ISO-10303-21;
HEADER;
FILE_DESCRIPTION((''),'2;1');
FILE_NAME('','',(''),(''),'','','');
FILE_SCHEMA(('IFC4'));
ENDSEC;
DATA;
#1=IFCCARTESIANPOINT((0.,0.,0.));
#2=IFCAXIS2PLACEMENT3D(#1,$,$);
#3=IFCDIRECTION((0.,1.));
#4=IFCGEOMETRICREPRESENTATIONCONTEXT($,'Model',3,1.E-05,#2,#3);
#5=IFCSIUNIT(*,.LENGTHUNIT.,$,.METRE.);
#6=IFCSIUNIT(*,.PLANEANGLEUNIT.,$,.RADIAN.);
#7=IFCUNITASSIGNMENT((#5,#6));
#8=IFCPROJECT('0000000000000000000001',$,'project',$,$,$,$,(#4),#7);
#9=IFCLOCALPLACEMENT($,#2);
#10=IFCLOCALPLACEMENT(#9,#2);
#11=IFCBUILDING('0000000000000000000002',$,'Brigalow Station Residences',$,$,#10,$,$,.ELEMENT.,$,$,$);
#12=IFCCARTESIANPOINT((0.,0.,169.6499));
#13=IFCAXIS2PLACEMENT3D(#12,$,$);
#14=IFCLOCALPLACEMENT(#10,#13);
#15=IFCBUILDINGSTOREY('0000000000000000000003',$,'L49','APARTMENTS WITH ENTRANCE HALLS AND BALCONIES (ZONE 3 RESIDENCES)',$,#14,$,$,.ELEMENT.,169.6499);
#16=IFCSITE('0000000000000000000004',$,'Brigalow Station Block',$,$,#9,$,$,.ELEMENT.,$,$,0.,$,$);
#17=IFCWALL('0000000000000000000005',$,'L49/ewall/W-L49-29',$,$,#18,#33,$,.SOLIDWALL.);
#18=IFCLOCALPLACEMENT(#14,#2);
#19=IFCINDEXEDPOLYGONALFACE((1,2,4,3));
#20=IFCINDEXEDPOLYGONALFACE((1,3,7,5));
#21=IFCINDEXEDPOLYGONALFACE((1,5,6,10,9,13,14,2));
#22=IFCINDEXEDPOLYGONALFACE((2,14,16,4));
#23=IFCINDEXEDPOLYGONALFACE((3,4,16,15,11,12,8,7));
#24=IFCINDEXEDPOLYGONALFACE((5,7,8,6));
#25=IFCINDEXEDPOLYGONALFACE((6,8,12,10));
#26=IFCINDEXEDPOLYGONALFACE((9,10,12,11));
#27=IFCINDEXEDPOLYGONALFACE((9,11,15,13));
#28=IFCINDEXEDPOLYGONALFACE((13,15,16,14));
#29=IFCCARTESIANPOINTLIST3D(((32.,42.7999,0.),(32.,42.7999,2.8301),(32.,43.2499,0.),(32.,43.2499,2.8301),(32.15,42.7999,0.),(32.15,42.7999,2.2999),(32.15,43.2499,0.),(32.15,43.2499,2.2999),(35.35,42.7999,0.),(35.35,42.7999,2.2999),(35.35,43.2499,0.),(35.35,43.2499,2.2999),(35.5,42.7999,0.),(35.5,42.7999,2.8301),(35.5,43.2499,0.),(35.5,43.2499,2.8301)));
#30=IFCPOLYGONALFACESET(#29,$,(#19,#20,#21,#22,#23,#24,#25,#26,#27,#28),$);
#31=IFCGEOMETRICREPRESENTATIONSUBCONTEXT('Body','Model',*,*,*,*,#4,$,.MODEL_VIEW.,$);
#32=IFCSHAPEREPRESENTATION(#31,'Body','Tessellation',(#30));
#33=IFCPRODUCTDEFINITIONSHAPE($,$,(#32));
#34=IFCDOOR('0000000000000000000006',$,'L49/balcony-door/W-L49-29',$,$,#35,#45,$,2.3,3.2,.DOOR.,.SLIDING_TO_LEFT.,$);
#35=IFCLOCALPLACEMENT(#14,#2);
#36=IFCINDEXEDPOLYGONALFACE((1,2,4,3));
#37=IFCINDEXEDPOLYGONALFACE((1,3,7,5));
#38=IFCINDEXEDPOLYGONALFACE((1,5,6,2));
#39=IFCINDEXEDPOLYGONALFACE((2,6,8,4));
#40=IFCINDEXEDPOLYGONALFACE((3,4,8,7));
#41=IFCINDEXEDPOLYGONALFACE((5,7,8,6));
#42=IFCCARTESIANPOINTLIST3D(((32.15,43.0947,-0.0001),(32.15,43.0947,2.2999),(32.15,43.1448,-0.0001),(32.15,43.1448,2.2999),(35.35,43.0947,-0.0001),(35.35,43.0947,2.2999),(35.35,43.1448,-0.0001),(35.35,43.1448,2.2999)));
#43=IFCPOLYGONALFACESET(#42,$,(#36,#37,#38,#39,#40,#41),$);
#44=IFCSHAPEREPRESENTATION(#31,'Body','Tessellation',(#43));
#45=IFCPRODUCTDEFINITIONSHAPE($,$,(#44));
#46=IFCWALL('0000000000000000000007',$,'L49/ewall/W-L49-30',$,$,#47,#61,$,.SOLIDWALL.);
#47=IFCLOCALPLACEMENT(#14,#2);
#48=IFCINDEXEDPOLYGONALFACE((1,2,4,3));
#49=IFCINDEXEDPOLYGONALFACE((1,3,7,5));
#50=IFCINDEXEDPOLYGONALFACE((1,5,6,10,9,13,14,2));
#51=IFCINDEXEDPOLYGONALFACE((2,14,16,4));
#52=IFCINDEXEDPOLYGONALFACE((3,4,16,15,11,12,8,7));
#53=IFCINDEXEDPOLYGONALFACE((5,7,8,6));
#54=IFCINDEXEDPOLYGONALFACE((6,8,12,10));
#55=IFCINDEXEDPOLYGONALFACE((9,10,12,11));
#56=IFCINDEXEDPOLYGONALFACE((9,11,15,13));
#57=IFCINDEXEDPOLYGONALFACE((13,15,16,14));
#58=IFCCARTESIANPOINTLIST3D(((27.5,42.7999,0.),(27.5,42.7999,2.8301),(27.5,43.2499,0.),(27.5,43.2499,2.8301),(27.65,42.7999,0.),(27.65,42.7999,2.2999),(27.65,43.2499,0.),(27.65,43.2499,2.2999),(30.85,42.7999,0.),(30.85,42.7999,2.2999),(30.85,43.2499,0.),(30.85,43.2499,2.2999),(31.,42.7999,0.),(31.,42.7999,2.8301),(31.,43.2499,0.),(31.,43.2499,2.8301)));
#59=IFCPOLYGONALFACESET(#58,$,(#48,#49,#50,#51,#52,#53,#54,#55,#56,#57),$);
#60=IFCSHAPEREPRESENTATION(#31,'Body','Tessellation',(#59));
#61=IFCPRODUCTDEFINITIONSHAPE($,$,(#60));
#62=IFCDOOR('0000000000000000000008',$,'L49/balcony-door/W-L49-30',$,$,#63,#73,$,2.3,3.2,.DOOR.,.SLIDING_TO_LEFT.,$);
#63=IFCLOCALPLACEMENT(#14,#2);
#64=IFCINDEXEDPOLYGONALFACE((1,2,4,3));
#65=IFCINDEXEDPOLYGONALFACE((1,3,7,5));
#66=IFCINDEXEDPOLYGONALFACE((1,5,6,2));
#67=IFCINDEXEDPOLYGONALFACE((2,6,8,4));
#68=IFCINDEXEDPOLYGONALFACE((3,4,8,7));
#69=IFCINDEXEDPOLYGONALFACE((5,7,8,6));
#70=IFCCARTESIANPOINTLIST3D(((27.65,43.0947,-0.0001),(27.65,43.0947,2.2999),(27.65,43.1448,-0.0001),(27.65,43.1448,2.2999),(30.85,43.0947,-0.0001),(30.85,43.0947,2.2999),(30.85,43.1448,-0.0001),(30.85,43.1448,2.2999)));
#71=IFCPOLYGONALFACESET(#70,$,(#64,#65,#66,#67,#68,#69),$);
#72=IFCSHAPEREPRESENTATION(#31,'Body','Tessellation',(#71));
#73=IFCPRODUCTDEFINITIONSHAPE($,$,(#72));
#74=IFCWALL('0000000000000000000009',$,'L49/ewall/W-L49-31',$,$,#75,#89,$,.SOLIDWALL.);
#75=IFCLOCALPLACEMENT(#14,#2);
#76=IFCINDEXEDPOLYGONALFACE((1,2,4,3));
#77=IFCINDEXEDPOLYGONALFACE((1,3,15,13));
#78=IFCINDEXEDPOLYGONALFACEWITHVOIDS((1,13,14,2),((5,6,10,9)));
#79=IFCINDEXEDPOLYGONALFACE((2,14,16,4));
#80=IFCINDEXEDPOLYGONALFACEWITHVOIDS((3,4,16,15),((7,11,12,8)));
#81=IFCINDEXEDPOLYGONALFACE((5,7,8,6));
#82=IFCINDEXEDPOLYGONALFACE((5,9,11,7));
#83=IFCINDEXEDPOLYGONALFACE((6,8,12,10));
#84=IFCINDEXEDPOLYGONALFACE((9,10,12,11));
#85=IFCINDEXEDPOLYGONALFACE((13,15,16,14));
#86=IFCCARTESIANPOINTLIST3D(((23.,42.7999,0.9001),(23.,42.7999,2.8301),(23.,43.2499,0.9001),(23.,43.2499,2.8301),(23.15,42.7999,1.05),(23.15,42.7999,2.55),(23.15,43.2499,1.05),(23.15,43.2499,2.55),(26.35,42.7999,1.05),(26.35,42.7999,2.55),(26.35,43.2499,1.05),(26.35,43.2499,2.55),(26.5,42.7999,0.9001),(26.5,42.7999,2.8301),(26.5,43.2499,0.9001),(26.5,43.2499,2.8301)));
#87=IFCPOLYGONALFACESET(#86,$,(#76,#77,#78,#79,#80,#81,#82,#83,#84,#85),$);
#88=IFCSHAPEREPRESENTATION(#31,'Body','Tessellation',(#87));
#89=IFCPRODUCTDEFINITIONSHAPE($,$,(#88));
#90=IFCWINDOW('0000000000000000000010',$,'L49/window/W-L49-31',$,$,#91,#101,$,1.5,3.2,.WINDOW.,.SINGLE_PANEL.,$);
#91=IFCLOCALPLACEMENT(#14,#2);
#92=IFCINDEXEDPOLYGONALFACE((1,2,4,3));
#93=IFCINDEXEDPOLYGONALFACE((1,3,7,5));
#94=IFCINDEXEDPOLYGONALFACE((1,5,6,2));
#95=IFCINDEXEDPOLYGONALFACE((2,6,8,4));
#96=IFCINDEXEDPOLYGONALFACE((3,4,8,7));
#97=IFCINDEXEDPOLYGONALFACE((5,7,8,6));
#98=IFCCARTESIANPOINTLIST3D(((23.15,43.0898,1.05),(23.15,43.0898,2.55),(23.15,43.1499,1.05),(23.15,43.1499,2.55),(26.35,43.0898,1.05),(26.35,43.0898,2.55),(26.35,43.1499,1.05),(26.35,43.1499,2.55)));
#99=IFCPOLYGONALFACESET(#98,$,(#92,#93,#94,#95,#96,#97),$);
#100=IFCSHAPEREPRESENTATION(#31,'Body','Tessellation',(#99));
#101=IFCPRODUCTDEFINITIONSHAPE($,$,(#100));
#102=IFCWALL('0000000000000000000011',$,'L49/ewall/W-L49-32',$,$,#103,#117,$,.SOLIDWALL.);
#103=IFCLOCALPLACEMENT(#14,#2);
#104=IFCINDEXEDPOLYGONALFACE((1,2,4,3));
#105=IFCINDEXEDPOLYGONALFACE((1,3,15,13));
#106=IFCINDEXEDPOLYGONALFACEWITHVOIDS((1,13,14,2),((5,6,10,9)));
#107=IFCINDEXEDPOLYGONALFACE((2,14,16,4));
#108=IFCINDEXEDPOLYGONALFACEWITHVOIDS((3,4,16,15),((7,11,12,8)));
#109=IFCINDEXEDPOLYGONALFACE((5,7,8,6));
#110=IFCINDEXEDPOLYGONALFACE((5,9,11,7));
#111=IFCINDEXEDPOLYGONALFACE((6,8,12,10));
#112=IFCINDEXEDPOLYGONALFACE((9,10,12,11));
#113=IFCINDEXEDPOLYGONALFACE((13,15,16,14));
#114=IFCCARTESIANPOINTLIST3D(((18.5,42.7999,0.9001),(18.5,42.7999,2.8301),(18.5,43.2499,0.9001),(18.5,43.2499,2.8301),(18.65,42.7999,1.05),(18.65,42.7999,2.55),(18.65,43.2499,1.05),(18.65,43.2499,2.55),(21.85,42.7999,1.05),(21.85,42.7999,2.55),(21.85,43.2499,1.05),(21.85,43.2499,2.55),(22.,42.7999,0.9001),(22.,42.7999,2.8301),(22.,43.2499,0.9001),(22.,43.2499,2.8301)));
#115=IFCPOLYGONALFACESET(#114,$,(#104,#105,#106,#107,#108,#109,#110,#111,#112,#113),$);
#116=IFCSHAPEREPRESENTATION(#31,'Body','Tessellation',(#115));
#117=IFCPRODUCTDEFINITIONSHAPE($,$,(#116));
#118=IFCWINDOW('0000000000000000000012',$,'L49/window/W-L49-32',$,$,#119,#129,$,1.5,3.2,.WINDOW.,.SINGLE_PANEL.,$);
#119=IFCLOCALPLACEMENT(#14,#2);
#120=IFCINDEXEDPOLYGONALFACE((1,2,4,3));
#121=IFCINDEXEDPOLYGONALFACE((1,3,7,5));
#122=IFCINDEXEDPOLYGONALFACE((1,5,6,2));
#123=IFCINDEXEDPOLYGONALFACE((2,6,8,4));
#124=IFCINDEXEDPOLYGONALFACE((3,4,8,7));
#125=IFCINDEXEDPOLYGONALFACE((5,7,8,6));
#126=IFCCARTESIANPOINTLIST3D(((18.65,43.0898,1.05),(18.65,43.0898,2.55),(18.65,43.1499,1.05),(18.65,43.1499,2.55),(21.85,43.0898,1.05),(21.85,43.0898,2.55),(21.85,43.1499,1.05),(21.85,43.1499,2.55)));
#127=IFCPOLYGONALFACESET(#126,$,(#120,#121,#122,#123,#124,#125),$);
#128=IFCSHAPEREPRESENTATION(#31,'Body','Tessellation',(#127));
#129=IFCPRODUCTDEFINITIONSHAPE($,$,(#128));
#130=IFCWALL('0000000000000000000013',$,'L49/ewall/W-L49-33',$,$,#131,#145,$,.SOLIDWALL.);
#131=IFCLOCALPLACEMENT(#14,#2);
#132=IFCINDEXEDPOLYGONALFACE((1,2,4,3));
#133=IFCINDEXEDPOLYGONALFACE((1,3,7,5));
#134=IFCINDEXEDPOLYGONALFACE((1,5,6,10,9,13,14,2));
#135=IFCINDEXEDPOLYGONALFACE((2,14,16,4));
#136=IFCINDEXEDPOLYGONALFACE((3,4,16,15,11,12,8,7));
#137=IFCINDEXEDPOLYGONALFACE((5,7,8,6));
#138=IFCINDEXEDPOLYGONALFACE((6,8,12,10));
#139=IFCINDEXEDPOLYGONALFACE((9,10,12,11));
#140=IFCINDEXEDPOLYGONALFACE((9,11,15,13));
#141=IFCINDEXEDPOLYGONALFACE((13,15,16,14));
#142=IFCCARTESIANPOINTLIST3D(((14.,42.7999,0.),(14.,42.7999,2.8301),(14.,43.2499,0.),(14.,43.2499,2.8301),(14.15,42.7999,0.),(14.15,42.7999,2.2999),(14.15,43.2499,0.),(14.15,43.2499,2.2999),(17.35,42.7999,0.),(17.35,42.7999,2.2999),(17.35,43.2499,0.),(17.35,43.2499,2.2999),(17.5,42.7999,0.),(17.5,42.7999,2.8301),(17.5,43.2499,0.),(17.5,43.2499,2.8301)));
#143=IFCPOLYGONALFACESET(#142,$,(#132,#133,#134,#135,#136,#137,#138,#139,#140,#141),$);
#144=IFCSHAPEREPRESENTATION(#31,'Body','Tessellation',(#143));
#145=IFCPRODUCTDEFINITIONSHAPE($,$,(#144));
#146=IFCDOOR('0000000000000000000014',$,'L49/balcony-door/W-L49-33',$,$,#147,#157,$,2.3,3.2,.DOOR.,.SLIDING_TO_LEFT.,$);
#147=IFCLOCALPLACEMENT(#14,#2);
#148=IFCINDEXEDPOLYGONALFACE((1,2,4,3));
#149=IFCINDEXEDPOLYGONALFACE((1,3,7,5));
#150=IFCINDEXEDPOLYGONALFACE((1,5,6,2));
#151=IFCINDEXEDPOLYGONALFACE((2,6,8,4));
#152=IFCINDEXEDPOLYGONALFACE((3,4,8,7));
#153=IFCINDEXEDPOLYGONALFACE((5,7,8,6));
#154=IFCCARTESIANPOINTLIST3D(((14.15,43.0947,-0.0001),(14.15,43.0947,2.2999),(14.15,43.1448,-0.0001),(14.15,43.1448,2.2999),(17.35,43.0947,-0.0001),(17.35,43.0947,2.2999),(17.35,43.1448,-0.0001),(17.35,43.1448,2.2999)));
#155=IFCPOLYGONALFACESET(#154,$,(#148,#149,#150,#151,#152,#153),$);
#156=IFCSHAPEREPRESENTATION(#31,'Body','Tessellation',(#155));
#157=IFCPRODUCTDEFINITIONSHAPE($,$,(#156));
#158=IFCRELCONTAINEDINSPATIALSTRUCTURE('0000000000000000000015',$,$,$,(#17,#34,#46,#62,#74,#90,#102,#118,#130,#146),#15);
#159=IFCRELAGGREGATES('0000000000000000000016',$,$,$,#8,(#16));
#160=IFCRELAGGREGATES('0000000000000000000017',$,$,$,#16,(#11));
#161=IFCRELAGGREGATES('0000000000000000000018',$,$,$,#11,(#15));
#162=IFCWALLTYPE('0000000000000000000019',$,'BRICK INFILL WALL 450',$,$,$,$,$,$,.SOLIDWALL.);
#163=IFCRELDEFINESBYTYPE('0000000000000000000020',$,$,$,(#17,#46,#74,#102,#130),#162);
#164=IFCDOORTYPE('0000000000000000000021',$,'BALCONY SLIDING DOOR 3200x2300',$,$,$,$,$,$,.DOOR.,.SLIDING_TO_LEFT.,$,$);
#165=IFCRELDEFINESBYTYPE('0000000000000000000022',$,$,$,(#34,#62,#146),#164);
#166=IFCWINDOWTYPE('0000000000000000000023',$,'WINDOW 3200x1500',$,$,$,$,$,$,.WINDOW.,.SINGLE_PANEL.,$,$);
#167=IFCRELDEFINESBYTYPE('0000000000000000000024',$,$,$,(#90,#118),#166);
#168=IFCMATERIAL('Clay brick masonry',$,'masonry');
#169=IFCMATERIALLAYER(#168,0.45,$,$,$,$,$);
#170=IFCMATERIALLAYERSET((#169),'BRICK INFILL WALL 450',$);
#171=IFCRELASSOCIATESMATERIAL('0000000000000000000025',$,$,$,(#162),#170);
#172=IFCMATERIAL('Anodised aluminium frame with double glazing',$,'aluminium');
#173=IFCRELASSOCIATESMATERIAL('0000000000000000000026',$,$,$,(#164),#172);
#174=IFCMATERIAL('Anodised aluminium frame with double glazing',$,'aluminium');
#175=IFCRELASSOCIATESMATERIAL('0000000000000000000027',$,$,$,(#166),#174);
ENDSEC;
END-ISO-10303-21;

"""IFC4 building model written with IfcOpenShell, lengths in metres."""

from ifc_helpers import new_model, si_unit, direction, frame, frame_2d, origin, place, context, subcontext, project, spatial, rectangle, extrude, material, layer, layer_set, type_object, element, fill, save


model = new_model("IFC4")

# Units and contexts
model_context = context("Model", 3, precision=1e-05, world=origin(), true_north=direction((0.0, 1.0)))
body_context = subcontext(model_context, "Body", "Model", "MODEL_VIEW")
ifc_project = project(units=[si_unit("LENGTHUNIT", "METRE"), si_unit("PLANEANGLEUNIT", "RADIAN")], contexts=[model_context])

# Site, building, storey
site_placement = place(None, origin())
site = spatial("IfcSite", under=ifc_project, at=site_placement, Name="Brigalow Station Block", CompositionType="ELEMENT", RefElevation=0.0)
building_placement = place(site_placement, origin())
building = spatial("IfcBuilding", under=site, at=building_placement, Name="Brigalow Station Residences", CompositionType="ELEMENT")
storey_placement = place(building_placement, frame((0.0, 0.0, 169.6499)))
storey = spatial("IfcBuildingStorey", under=building, at=storey_placement, Name="L49", Description="APARTMENTS WITH ENTRANCE HALLS AND BALCONIES (ZONE 3 RESIDENCES)", CompositionType="ELEMENT", Elevation=169.6499)

# Walls, openings, doors
ifc_material_1 = material(Name="Clay brick masonry", Category="masonry")
ifc_layer_1 = layer(ifc_material_1, 0.45)
ifc_layer_set_1 = layer_set([ifc_layer_1], Name="BRICK INFILL WALL 450")
wall_type_1 = type_object("IfcWallType", Name="BRICK INFILL WALL 450", PredefinedType="SOLIDWALL", material=ifc_layer_set_1)
wall_1_placement = place(storey_placement, frame((35.5, 43.0249, 0.0), z_axis=(0.0, 0.0, 1.0), x_axis=(-1.0, 0.0, 0.0)))
wall_1 = element("IfcWall", 1, at=wall_1_placement, inside=storey, type_object=wall_type_1, Name="L49/ewall/W-L49-29", PredefinedType="SOLIDWALL", context=body_context, shape_type="SweptSolid", body=[
    extrude(rectangle(XDim=3.5, YDim=0.45, at=frame_2d((1.75, 0.0))), origin(), (0.0, 0.0, 1.0), 2.8301),
])
opening_1_placement = place(wall_1_placement, frame((0.1499, 0.0, 0.0)))
opening_1 = element("IfcOpeningElement", 2, at=opening_1_placement, cuts=wall_1, PredefinedType="OPENING", context=body_context, shape_type="SweptSolid", body=[
    extrude(rectangle(XDim=3.2, YDim=2.3, at=frame_2d((1.6001, 1.1499))), frame((0.0, 0.2349, 0.0), z_axis=(0.0, -1.0, 0.0), x_axis=(1.0, 0.0, 0.0)), (0.0, 0.0, 1.0), 0.47),
])
ifc_material_2 = material(Name="Anodised aluminium frame with double glazing", Category="aluminium")
door_type_1 = type_object("IfcDoorType", Name="BALCONY SLIDING DOOR 3200x2300", OperationType="SLIDING_TO_LEFT", PredefinedType="DOOR", material=ifc_material_2)
door_1_placement = place(opening_1_placement, origin())
door_1 = element("IfcDoor", 3, at=door_1_placement, inside=storey, type_object=door_type_1, Name="L49/balcony-door/W-L49-29", OperationType="SLIDING_TO_LEFT", OverallHeight=2.3, OverallWidth=3.2, PredefinedType="DOOR", context=body_context, shape_type="SweptSolid", body=[
    extrude(rectangle(XDim=3.2, YDim=2.3, at=frame_2d((1.6001, 1.1499))), frame((0.0, -0.0698, 0.0), z_axis=(0.0, -1.0, 0.0), x_axis=(1.0, 0.0, 0.0)), (0.0, 0.0, 1.0), 0.05),
])
fill(opening_1, door_1)
wall_2_placement = place(storey_placement, frame((31.0, 43.0249, 0.0), z_axis=(0.0, 0.0, 1.0), x_axis=(-1.0, 0.0, 0.0)))
wall_2 = element("IfcWall", 4, at=wall_2_placement, inside=storey, type_object=wall_type_1, Name="L49/ewall/W-L49-30", PredefinedType="SOLIDWALL", context=body_context, shape_type="SweptSolid", body=[
    extrude(rectangle(XDim=3.5, YDim=0.45, at=frame_2d((1.75, 0.0))), origin(), (0.0, 0.0, 1.0), 2.8301),
])
opening_2_placement = place(wall_2_placement, frame((0.1499, 0.0, 0.0)))
opening_2 = element("IfcOpeningElement", 5, at=opening_2_placement, cuts=wall_2, PredefinedType="OPENING", context=body_context, shape_type="SweptSolid", body=[
    extrude(rectangle(XDim=3.2, YDim=2.3, at=frame_2d((1.6001, 1.1499))), frame((0.0, 0.2349, 0.0), z_axis=(0.0, -1.0, 0.0), x_axis=(1.0, 0.0, 0.0)), (0.0, 0.0, 1.0), 0.47),
])
door_2_placement = place(opening_2_placement, origin())
door_2 = element("IfcDoor", 6, at=door_2_placement, inside=storey, type_object=door_type_1, Name="L49/balcony-door/W-L49-30", OperationType="SLIDING_TO_LEFT", OverallHeight=2.3, OverallWidth=3.2, PredefinedType="DOOR", context=body_context, shape_type="SweptSolid", body=[
    extrude(rectangle(XDim=3.2, YDim=2.3, at=frame_2d((1.6001, 1.1499))), frame((0.0, -0.0698, 0.0), z_axis=(0.0, -1.0, 0.0), x_axis=(1.0, 0.0, 0.0)), (0.0, 0.0, 1.0), 0.05),
])
fill(opening_2, door_2)

# Walls, openings, windows
wall_3_placement = place(storey_placement, frame((26.5, 43.0249, 0.9001), z_axis=(0.0, 0.0, 1.0), x_axis=(-1.0, 0.0, 0.0)))
wall_3 = element("IfcWall", 7, at=wall_3_placement, inside=storey, type_object=wall_type_1, Name="L49/ewall/W-L49-31", PredefinedType="SOLIDWALL", context=body_context, shape_type="SweptSolid", body=[
    extrude(rectangle(XDim=3.5, YDim=0.45, at=frame_2d((1.75, 0.0))), origin(), (0.0, 0.0, 1.0), 1.9299),
])
opening_3_placement = place(wall_3_placement, frame((0.1499, 0.0, 0.1499)))
opening_3 = element("IfcOpeningElement", 8, at=opening_3_placement, cuts=wall_3, PredefinedType="OPENING", context=body_context, shape_type="SweptSolid", body=[
    extrude(rectangle(XDim=3.2, YDim=1.5, at=frame_2d((1.6001, 0.75))), frame((0.0, 0.2349, 0.0), z_axis=(0.0, -1.0, 0.0), x_axis=(1.0, 0.0, 0.0)), (0.0, 0.0, 1.0), 0.47),
])
ifc_material_3 = material(Name="Anodised aluminium frame with double glazing", Category="aluminium")
window_type = type_object("IfcWindowType", Name="WINDOW 3200x1500", PartitioningType="SINGLE_PANEL", PredefinedType="WINDOW", material=ifc_material_3)
window_1_placement = place(opening_3_placement, origin())
window_1 = element("IfcWindow", 9, at=window_1_placement, inside=storey, type_object=window_type, Name="L49/window/W-L49-31", OverallHeight=1.5, OverallWidth=3.2, PartitioningType="SINGLE_PANEL", PredefinedType="WINDOW", context=body_context, shape_type="SweptSolid", body=[
    extrude(rectangle(XDim=3.2, YDim=1.5, at=frame_2d((1.6001, 0.75))), frame((0.0, -0.0649, 0.0), z_axis=(0.0, -1.0, 0.0), x_axis=(1.0, 0.0, 0.0)), (0.0, 0.0, 1.0), 0.0601),
])
fill(opening_3, window_1)
wall_4_placement = place(storey_placement, frame((22.0, 43.0249, 0.9001), z_axis=(0.0, 0.0, 1.0), x_axis=(-1.0, 0.0, 0.0)))
wall_4 = element("IfcWall", 10, at=wall_4_placement, inside=storey, type_object=wall_type_1, Name="L49/ewall/W-L49-32", PredefinedType="SOLIDWALL", context=body_context, shape_type="SweptSolid", body=[
    extrude(rectangle(XDim=3.5, YDim=0.45, at=frame_2d((1.75, 0.0))), origin(), (0.0, 0.0, 1.0), 1.9299),
])
opening_4_placement = place(wall_4_placement, frame((0.1499, 0.0, 0.1499)))
opening_4 = element("IfcOpeningElement", 11, at=opening_4_placement, cuts=wall_4, PredefinedType="OPENING", context=body_context, shape_type="SweptSolid", body=[
    extrude(rectangle(XDim=3.2, YDim=1.5, at=frame_2d((1.6001, 0.75))), frame((0.0, 0.2349, 0.0), z_axis=(0.0, -1.0, 0.0), x_axis=(1.0, 0.0, 0.0)), (0.0, 0.0, 1.0), 0.47),
])
window_2_placement = place(opening_4_placement, origin())
window_2 = element("IfcWindow", 12, at=window_2_placement, inside=storey, type_object=window_type, Name="L49/window/W-L49-32", OverallHeight=1.5, OverallWidth=3.2, PartitioningType="SINGLE_PANEL", PredefinedType="WINDOW", context=body_context, shape_type="SweptSolid", body=[
    extrude(rectangle(XDim=3.2, YDim=1.5, at=frame_2d((1.6001, 0.75))), frame((0.0, -0.0649, 0.0), z_axis=(0.0, -1.0, 0.0), x_axis=(1.0, 0.0, 0.0)), (0.0, 0.0, 1.0), 0.0601),
])
fill(opening_4, window_2)

# Wall, opening, door
wall_5_placement = place(storey_placement, frame((17.5, 43.0249, 0.0), z_axis=(0.0, 0.0, 1.0), x_axis=(-1.0, 0.0, 0.0)))
wall_5 = element("IfcWall", 13, at=wall_5_placement, inside=storey, type_object=wall_type_1, Name="L49/ewall/W-L49-33", PredefinedType="SOLIDWALL", context=body_context, shape_type="SweptSolid", body=[
    extrude(rectangle(XDim=3.5, YDim=0.45, at=frame_2d((1.75, 0.0))), origin(), (0.0, 0.0, 1.0), 2.8301),
])
opening_5_placement = place(wall_5_placement, frame((0.1499, 0.0, 0.0)))
opening_5 = element("IfcOpeningElement", 14, at=opening_5_placement, cuts=wall_5, PredefinedType="OPENING", context=body_context, shape_type="SweptSolid", body=[
    extrude(rectangle(XDim=3.2, YDim=2.3, at=frame_2d((1.6001, 1.1499))), frame((0.0, 0.2349, 0.0), z_axis=(0.0, -1.0, 0.0), x_axis=(1.0, 0.0, 0.0)), (0.0, 0.0, 1.0), 0.47),
])
door_3_placement = place(opening_5_placement, origin())
door_3 = element("IfcDoor", 15, at=door_3_placement, inside=storey, type_object=door_type_1, Name="L49/balcony-door/W-L49-33", OperationType="SLIDING_TO_LEFT", OverallHeight=2.3, OverallWidth=3.2, PredefinedType="DOOR", context=body_context, shape_type="SweptSolid", body=[
    extrude(rectangle(XDim=3.2, YDim=2.3, at=frame_2d((1.6001, 1.1499))), frame((0.0, -0.0698, 0.0), z_axis=(0.0, -1.0, 0.0), x_axis=(1.0, 0.0, 0.0)), (0.0, 0.0, 1.0), 0.05),
])
fill(opening_5, door_3)

save(model, "model.ifc")
